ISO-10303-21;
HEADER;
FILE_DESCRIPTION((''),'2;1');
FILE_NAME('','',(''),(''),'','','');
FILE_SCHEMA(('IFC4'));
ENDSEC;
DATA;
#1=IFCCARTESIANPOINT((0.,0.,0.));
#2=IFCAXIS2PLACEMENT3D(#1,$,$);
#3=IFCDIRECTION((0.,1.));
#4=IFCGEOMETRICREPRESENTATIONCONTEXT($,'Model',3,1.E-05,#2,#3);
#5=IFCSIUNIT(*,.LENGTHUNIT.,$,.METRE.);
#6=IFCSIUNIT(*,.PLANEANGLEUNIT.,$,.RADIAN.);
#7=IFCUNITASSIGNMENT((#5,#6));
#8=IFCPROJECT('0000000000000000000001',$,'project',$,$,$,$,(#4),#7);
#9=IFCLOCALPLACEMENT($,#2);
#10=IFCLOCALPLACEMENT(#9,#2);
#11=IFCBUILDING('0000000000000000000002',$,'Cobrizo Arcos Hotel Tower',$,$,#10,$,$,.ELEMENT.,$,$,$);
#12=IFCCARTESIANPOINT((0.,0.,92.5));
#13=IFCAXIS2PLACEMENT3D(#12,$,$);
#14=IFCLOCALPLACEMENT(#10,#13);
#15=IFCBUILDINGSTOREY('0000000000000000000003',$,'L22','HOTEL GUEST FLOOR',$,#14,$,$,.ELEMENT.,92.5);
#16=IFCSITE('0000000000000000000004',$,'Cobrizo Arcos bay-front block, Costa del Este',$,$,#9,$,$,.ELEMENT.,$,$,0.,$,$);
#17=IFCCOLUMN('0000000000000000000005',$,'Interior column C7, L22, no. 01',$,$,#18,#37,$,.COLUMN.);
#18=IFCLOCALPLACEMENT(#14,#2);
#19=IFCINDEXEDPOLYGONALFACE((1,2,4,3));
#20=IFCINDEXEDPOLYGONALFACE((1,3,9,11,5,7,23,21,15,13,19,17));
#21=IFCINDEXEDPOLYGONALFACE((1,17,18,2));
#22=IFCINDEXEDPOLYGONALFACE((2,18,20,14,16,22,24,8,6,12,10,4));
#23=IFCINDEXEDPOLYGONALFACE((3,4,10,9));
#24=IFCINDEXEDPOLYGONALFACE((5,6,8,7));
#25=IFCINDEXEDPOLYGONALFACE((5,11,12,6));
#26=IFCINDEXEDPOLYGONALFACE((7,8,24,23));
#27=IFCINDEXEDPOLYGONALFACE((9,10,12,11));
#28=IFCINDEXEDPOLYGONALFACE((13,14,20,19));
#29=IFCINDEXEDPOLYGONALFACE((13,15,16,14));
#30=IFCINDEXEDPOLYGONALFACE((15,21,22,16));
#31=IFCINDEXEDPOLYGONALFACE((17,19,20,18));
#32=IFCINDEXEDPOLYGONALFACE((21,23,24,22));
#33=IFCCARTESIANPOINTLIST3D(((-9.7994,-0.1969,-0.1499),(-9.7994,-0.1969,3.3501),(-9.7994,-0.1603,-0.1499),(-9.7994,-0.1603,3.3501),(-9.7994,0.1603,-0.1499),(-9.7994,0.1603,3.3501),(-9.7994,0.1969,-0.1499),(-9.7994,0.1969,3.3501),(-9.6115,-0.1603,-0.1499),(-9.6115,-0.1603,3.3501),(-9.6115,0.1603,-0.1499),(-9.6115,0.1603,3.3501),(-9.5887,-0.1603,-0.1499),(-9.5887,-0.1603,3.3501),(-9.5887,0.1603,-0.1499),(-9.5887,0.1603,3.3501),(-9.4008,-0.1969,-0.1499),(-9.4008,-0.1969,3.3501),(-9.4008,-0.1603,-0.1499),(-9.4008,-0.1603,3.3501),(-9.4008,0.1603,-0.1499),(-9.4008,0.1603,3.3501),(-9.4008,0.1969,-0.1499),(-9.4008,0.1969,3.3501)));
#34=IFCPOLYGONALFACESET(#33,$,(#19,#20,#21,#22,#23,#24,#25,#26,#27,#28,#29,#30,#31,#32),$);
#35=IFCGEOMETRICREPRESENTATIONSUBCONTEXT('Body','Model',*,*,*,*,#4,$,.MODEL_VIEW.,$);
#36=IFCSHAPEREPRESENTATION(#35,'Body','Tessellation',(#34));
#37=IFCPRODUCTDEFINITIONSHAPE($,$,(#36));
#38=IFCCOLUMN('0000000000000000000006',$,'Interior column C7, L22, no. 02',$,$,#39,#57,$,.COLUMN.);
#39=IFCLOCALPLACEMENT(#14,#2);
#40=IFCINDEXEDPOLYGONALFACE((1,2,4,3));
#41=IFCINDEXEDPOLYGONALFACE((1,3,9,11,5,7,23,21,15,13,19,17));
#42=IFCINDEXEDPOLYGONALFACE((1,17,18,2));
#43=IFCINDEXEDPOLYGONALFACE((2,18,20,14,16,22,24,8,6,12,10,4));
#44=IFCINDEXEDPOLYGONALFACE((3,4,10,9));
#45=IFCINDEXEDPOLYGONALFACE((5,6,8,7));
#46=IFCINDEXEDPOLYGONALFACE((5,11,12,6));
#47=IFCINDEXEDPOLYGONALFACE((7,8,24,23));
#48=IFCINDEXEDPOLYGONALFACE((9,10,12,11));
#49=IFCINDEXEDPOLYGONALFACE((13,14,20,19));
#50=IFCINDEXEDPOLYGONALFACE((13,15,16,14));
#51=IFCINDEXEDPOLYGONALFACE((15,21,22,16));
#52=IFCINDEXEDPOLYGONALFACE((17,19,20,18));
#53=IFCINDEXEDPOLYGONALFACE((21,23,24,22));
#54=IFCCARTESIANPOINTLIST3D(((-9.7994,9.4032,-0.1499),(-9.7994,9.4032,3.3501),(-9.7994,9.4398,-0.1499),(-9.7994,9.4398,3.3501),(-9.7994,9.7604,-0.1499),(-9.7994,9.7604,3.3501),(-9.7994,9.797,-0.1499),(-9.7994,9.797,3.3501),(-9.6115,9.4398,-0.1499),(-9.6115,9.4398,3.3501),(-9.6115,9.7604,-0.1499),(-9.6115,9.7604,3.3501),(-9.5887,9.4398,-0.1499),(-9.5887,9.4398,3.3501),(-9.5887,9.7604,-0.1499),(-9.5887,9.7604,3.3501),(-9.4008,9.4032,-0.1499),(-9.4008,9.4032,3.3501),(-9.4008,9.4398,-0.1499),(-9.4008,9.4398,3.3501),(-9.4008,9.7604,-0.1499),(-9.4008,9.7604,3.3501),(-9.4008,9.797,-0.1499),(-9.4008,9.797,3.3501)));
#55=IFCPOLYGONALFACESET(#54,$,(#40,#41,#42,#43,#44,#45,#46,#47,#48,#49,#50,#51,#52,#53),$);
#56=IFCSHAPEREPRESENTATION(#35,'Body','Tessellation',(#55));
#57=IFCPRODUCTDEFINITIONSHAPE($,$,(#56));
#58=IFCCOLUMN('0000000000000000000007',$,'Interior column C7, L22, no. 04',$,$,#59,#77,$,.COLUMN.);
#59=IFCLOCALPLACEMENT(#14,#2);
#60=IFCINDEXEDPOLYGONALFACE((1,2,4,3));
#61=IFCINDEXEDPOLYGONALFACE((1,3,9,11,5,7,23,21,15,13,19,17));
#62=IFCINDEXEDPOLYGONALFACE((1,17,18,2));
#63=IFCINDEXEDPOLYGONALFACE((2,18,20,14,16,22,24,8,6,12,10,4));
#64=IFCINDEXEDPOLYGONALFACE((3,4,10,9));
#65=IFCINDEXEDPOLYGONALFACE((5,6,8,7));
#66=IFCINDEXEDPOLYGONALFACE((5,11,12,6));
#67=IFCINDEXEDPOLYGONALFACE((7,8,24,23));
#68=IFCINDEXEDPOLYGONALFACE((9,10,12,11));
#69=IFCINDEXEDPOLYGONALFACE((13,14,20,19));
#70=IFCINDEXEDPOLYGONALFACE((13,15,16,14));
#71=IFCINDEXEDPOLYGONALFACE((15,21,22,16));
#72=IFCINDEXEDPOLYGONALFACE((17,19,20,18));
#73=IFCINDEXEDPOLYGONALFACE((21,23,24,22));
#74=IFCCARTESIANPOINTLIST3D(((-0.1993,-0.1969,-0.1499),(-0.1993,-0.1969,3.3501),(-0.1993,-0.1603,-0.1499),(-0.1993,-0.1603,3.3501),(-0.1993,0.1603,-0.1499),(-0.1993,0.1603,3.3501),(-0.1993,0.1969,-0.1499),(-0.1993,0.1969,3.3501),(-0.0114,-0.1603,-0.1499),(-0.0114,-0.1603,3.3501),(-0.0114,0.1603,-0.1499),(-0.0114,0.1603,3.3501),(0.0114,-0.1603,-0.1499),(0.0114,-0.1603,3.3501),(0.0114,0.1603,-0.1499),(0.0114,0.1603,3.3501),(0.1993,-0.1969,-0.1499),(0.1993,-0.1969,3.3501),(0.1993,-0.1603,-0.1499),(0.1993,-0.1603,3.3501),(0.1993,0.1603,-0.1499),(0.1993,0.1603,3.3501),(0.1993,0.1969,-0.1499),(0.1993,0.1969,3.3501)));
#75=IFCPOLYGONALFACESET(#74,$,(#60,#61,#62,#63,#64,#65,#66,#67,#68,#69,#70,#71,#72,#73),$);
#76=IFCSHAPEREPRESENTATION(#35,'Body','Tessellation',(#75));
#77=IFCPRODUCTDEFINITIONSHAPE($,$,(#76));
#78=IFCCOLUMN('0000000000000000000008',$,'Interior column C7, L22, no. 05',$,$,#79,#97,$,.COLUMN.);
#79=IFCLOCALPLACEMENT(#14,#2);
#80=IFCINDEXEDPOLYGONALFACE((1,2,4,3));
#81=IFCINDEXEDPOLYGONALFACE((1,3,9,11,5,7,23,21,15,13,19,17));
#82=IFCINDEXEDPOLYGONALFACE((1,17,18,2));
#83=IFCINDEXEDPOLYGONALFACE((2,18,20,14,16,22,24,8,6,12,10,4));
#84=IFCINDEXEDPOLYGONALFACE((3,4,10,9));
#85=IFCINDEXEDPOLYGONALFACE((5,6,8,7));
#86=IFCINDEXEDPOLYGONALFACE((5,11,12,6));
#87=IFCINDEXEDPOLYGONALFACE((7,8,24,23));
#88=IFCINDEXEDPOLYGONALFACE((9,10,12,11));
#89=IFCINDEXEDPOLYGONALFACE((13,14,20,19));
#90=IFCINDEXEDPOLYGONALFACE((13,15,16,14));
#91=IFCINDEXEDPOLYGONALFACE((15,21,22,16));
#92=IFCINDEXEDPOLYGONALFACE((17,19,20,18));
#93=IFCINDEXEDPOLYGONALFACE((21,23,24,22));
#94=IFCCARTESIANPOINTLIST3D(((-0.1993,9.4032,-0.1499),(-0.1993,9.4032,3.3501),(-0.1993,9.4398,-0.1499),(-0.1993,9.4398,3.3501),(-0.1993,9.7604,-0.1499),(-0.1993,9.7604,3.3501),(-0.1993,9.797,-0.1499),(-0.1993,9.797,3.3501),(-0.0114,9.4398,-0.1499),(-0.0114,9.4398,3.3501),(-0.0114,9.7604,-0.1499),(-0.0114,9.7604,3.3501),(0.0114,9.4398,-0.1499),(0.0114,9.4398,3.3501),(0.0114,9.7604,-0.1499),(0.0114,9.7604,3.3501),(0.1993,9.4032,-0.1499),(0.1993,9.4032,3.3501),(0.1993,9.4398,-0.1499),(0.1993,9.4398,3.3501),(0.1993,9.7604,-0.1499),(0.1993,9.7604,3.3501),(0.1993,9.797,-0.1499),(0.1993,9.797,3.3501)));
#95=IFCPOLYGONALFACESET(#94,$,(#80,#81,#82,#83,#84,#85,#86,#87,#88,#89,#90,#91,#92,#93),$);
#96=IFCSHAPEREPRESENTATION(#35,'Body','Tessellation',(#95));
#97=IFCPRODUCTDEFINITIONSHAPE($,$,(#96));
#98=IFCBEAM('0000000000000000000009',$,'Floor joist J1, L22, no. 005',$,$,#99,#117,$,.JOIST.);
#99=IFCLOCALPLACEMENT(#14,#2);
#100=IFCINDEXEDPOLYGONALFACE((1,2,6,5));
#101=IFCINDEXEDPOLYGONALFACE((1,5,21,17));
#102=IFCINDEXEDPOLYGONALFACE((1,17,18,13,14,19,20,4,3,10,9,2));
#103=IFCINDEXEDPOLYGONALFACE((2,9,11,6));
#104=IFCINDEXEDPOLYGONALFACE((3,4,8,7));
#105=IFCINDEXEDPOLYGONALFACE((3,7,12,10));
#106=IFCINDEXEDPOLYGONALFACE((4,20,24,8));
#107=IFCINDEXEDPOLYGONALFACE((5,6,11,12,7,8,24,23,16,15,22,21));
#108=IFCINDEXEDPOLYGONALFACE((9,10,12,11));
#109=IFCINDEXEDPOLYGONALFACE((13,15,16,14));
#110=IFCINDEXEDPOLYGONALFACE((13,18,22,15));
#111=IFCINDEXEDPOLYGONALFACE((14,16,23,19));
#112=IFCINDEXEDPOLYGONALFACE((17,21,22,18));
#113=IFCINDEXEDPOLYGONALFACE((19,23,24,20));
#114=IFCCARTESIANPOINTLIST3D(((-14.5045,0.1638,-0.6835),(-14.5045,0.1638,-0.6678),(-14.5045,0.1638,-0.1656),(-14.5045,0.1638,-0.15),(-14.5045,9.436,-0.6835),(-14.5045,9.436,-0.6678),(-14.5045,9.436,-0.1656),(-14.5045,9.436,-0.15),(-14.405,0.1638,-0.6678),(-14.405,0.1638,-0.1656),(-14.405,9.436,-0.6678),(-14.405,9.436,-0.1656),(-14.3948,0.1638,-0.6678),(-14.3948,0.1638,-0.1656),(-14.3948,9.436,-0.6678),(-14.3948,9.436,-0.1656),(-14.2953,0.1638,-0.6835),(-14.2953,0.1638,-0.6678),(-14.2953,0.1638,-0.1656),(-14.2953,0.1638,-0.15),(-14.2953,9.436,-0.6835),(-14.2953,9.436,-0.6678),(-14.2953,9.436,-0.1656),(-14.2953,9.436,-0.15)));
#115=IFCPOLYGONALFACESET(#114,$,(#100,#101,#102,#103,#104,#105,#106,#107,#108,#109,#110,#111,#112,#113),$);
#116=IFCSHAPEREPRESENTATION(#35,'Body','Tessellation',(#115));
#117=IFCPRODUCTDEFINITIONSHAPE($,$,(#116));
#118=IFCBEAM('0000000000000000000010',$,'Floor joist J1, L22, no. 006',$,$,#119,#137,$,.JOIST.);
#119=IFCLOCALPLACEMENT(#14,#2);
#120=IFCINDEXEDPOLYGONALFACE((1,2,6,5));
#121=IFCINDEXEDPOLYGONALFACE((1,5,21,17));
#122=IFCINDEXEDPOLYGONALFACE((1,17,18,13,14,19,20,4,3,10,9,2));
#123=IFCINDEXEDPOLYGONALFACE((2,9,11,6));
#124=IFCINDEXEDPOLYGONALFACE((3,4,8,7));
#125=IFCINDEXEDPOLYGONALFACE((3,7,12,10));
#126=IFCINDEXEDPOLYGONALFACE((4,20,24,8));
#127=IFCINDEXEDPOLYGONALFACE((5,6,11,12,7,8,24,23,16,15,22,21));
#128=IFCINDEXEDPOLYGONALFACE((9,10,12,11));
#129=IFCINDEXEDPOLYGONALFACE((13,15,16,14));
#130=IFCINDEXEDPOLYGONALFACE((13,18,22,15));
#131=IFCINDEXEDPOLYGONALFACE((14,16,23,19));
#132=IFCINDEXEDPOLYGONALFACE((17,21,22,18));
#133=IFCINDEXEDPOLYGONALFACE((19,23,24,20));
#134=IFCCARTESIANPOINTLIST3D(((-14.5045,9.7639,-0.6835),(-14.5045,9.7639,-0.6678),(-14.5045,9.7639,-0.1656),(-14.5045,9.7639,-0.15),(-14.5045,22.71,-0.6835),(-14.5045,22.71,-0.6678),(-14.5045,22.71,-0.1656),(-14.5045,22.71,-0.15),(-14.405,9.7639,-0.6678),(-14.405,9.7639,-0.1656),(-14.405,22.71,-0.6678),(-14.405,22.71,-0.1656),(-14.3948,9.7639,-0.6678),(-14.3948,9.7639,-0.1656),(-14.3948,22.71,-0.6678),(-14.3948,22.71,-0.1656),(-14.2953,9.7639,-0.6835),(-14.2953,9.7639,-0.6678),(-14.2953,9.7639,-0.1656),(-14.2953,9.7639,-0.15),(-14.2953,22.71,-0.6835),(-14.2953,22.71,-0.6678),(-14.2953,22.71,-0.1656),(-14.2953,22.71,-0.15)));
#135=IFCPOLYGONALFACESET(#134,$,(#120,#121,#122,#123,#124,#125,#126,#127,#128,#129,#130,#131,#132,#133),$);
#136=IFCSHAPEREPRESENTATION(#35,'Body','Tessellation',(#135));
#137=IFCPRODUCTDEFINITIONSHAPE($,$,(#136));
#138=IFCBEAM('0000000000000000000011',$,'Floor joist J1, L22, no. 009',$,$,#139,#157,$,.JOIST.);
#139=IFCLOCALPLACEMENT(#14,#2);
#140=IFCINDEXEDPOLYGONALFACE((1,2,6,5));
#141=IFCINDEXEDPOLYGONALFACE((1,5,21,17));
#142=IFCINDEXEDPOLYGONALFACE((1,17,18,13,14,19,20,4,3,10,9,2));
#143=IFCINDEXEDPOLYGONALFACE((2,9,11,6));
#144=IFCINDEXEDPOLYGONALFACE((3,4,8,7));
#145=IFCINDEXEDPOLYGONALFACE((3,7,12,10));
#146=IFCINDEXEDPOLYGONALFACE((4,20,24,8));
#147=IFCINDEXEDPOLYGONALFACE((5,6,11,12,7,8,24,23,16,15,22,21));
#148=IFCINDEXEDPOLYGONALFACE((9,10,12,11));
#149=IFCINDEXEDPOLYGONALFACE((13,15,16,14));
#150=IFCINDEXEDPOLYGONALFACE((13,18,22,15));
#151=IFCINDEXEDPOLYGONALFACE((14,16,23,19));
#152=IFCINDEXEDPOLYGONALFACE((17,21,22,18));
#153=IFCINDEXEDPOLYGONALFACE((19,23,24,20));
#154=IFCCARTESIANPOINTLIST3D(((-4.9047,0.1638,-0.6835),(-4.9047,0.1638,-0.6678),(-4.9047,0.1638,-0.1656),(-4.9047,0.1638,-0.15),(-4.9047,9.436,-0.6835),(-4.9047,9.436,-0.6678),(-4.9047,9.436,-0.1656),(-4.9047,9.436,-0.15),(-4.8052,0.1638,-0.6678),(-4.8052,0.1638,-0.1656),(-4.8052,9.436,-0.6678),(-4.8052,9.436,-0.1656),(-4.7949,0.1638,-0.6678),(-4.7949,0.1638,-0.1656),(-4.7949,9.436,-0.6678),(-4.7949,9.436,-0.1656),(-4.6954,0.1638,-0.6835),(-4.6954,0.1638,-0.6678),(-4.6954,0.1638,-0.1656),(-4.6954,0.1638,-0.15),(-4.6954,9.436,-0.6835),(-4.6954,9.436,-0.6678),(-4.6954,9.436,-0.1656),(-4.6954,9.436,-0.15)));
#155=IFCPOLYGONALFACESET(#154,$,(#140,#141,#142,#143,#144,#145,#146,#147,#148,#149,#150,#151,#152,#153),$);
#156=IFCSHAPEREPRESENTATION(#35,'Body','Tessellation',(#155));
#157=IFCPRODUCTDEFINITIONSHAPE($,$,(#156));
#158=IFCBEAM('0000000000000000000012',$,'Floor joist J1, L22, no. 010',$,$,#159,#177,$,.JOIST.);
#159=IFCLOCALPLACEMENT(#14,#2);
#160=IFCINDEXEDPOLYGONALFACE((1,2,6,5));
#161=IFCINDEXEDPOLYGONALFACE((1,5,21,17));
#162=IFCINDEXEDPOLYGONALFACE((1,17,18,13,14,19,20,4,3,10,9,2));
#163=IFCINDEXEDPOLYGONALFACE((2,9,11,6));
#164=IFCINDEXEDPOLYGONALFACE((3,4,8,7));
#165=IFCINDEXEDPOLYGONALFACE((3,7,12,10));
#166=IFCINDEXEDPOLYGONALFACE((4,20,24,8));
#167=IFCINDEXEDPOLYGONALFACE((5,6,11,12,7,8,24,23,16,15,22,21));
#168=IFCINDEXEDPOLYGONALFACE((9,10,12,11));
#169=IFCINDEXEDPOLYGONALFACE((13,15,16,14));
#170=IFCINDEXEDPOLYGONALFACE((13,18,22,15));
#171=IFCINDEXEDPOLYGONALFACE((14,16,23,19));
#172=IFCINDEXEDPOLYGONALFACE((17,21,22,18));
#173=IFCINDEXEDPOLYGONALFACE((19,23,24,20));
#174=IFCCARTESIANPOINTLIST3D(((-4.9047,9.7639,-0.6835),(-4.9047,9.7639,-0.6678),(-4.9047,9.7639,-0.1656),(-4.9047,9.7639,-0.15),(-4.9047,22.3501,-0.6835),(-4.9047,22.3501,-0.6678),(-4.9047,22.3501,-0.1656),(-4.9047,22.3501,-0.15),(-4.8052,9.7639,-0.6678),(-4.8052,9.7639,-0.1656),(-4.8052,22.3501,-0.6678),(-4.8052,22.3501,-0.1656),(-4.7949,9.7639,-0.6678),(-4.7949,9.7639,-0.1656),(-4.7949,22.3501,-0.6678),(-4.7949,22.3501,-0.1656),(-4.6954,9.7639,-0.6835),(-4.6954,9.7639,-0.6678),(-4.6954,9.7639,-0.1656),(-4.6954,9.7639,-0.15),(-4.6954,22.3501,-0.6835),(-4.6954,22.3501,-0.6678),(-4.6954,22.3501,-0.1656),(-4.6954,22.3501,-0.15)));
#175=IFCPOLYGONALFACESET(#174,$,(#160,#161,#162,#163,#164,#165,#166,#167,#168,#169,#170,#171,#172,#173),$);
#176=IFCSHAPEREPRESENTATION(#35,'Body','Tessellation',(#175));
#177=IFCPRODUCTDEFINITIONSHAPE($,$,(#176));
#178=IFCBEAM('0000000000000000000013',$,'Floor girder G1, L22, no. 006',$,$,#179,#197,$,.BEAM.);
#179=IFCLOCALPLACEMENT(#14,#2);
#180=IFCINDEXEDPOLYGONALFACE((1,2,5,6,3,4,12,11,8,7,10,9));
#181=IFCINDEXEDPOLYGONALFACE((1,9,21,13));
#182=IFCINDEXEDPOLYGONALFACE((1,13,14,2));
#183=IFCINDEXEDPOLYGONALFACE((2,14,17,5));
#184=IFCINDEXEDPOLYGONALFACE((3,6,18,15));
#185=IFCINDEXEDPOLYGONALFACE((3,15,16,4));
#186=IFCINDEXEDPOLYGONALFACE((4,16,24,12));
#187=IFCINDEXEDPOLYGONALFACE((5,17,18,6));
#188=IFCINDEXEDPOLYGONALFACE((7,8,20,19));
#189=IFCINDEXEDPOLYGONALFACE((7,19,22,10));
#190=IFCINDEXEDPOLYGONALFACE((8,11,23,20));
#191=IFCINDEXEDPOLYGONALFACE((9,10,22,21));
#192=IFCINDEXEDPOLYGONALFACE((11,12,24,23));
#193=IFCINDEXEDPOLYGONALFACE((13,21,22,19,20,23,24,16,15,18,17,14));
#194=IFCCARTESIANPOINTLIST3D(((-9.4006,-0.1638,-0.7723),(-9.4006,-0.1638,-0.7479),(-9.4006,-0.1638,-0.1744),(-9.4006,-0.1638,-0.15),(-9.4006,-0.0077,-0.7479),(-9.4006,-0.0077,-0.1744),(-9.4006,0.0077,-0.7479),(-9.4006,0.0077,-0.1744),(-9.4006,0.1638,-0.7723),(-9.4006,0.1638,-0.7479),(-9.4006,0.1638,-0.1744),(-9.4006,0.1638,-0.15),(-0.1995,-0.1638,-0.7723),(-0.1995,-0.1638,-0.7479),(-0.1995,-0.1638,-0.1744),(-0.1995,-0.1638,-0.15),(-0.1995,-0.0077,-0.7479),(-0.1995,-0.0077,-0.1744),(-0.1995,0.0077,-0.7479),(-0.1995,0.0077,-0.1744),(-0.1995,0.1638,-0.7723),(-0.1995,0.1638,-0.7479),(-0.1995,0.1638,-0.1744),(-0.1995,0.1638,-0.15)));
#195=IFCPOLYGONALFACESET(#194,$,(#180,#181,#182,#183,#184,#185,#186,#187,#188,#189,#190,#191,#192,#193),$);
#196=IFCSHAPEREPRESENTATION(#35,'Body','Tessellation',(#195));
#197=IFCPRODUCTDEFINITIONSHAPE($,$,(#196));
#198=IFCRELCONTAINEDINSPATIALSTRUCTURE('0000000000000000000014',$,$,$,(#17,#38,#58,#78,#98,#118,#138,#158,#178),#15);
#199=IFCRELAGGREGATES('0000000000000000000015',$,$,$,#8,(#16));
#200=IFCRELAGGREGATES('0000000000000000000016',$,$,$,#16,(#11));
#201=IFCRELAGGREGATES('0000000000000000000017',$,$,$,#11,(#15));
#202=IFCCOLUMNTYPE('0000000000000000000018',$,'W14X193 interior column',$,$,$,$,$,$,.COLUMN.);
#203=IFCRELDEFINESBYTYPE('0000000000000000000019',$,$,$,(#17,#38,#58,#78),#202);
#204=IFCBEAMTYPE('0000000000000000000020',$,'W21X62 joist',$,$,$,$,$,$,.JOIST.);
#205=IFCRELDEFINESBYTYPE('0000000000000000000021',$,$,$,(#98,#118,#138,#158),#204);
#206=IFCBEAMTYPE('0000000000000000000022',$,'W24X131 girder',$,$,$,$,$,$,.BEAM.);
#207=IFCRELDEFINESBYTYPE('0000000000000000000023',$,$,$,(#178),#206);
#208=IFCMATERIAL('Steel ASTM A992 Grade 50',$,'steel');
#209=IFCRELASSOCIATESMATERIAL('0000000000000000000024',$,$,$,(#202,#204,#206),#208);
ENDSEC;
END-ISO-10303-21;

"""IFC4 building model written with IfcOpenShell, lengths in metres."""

from ifc_helpers import new_model, si_unit, direction, frame, origin, origin_2d, place, context, subcontext, project, spatial, i_section, extrude, material, material_profile, profile_set, type_object, element, save


model = new_model("IFC4")

# Units and contexts
model_context = context("Model", 3, precision=1e-05, world=origin(), true_north=direction((0.0, 1.0)))
body_context = subcontext(model_context, "Body", "Model", "MODEL_VIEW")
ifc_project = project(units=[si_unit("LENGTHUNIT", "METRE"), si_unit("PLANEANGLEUNIT", "RADIAN")], contexts=[model_context])

# Site, building, storey
site_placement = place(None, origin())
site = spatial("IfcSite", under=ifc_project, at=site_placement, Name="Cobrizo Arcos bay-front block, Costa del Este", CompositionType="ELEMENT", RefElevation=0.0)
building_placement = place(site_placement, origin())
building = spatial("IfcBuilding", under=site, at=building_placement, Name="Cobrizo Arcos Hotel Tower", CompositionType="ELEMENT")
storey_placement = place(building_placement, frame((0.0, 0.0, 92.5)))
storey = spatial("IfcBuildingStorey", under=building, at=storey_placement, Name="L22", Description="HOTEL GUEST FLOOR", CompositionType="ELEMENT", Elevation=92.5)

# Columns
ifc_material_1 = material(Name="Steel ASTM A992 Grade 50", Category="steel")
ifc_material_profile_1 = material_profile(ifc_material_1, i_section(OverallWidth=0.3987, OverallDepth=0.3938, WebThickness=0.0227, FlangeThickness=0.0366, at=origin_2d()), Name="W14X193")
ifc_profile_set_1 = profile_set([ifc_material_profile_1], Name="Steel ASTM A992 Grade 50")
column_type = type_object("IfcColumnType", Name="W14X193 interior column", PredefinedType="COLUMN", material=ifc_profile_set_1)
for number, where, z_axis, x_axis, name in (
    (1, (-9.6001, 0.0, -0.1499), (0.0, 0.0, 1.0), (1.0, 0.0, 0.0), "Interior column C7, L22, no. 01"),
    (2, (-9.6001, 9.6001, -0.1499), (0.0, 0.0, 1.0), (1.0, 0.0, 0.0), "Interior column C7, L22, no. 02"),
    (3, (0.0, 0.0, -0.1499), (0.0, 0.0, 1.0), (1.0, 0.0, 0.0), "Interior column C7, L22, no. 04"),
    (4, (0.0, 9.6001, -0.1499), (0.0, 0.0, 1.0), (1.0, 0.0, 0.0), "Interior column C7, L22, no. 05"),
):
    element("IfcColumn", number, at=place(storey_placement, frame(where, z_axis=z_axis, x_axis=x_axis)), inside=storey, type_object=column_type, Name=name, PredefinedType="COLUMN", context=body_context, shape_type="SweptSolid", body=[
        extrude(i_section(OverallWidth=0.3987, OverallDepth=0.3938, WebThickness=0.0227, FlangeThickness=0.0366, at=origin_2d()), origin(), (0.0, 0.0, 1.0), 3.5),
    ])

# Beams
ifc_material_profile_2 = material_profile(ifc_material_1, i_section(OverallWidth=0.2092, OverallDepth=0.5334, WebThickness=0.0103, FlangeThickness=0.0156, at=origin_2d()), Name="W21X62")
ifc_profile_set_2 = profile_set([ifc_material_profile_2], Name="Steel ASTM A992 Grade 50")
beam_type_1 = type_object("IfcBeamType", Name="W21X62 joist", PredefinedType="JOIST", material=ifc_profile_set_2)
beam_1_placement = place(storey_placement, frame((-14.3999, 0.1638, -0.4167), z_axis=(0.0, 1.0, 0.0), x_axis=(-1.0, 0.0, 0.0)))
element("IfcBeam", 5, at=beam_1_placement, inside=storey, type_object=beam_type_1, Name="Floor joist J1, L22, no. 005", PredefinedType="JOIST", context=body_context, shape_type="SweptSolid", body=[
    extrude(i_section(OverallWidth=0.2092, OverallDepth=0.5334, WebThickness=0.0103, FlangeThickness=0.0156, at=origin_2d()), origin(), (0.0, 0.0, 1.0), 9.2722),
])
beam_2_placement = place(storey_placement, frame((-14.3999, 9.7639, -0.4167), z_axis=(0.0, 1.0, 0.0), x_axis=(-1.0, 0.0, 0.0)))
element("IfcBeam", 6, at=beam_2_placement, inside=storey, type_object=beam_type_1, Name="Floor joist J1, L22, no. 006", PredefinedType="JOIST", context=body_context, shape_type="SweptSolid", body=[
    extrude(i_section(OverallWidth=0.2092, OverallDepth=0.5334, WebThickness=0.0103, FlangeThickness=0.0156, at=origin_2d()), origin(), (0.0, 0.0, 1.0), 12.946),
])
beam_3_placement = place(storey_placement, frame((-4.8, 0.1638, -0.4167), z_axis=(0.0, 1.0, 0.0), x_axis=(-1.0, 0.0, 0.0)))
element("IfcBeam", 7, at=beam_3_placement, inside=storey, type_object=beam_type_1, Name="Floor joist J1, L22, no. 009", PredefinedType="JOIST", context=body_context, shape_type="SweptSolid", body=[
    extrude(i_section(OverallWidth=0.2092, OverallDepth=0.5334, WebThickness=0.0103, FlangeThickness=0.0156, at=origin_2d()), origin(), (0.0, 0.0, 1.0), 9.2722),
])
beam_4_placement = place(storey_placement, frame((-4.8, 9.7639, -0.4167), z_axis=(0.0, 1.0, 0.0), x_axis=(-1.0, 0.0, 0.0)))
element("IfcBeam", 8, at=beam_4_placement, inside=storey, type_object=beam_type_1, Name="Floor joist J1, L22, no. 010", PredefinedType="JOIST", context=body_context, shape_type="SweptSolid", body=[
    extrude(i_section(OverallWidth=0.2092, OverallDepth=0.5334, WebThickness=0.0103, FlangeThickness=0.0156, at=origin_2d()), origin(), (0.0, 0.0, 1.0), 12.5862),
])
ifc_material_profile_3 = material_profile(ifc_material_1, i_section(OverallWidth=0.3276, OverallDepth=0.6223, WebThickness=0.0154, FlangeThickness=0.0244, at=origin_2d()), Name="W24X131")
ifc_profile_set_3 = profile_set([ifc_material_profile_3], Name="Steel ASTM A992 Grade 50")
beam_type_2 = type_object("IfcBeamType", Name="W24X131 girder", PredefinedType="BEAM", material=ifc_profile_set_3)
for number, where, z_axis, x_axis, name in (
    (9, (-9.4006, 0.0, -0.4612), (1.0, 0.0, 0.0), (0.0, 1.0, 0.0), "Floor girder G1, L22, no. 006"),
):
    element("IfcBeam", number, at=place(storey_placement, frame(where, z_axis=z_axis, x_axis=x_axis)), inside=storey, type_object=beam_type_2, Name=name, PredefinedType="BEAM", context=body_context, shape_type="SweptSolid", body=[
        extrude(i_section(OverallWidth=0.3276, OverallDepth=0.6223, WebThickness=0.0154, FlangeThickness=0.0244, at=origin_2d()), origin(), (0.0, 0.0, 1.0), 9.2012),
    ])

save(model, "model.ifc")
